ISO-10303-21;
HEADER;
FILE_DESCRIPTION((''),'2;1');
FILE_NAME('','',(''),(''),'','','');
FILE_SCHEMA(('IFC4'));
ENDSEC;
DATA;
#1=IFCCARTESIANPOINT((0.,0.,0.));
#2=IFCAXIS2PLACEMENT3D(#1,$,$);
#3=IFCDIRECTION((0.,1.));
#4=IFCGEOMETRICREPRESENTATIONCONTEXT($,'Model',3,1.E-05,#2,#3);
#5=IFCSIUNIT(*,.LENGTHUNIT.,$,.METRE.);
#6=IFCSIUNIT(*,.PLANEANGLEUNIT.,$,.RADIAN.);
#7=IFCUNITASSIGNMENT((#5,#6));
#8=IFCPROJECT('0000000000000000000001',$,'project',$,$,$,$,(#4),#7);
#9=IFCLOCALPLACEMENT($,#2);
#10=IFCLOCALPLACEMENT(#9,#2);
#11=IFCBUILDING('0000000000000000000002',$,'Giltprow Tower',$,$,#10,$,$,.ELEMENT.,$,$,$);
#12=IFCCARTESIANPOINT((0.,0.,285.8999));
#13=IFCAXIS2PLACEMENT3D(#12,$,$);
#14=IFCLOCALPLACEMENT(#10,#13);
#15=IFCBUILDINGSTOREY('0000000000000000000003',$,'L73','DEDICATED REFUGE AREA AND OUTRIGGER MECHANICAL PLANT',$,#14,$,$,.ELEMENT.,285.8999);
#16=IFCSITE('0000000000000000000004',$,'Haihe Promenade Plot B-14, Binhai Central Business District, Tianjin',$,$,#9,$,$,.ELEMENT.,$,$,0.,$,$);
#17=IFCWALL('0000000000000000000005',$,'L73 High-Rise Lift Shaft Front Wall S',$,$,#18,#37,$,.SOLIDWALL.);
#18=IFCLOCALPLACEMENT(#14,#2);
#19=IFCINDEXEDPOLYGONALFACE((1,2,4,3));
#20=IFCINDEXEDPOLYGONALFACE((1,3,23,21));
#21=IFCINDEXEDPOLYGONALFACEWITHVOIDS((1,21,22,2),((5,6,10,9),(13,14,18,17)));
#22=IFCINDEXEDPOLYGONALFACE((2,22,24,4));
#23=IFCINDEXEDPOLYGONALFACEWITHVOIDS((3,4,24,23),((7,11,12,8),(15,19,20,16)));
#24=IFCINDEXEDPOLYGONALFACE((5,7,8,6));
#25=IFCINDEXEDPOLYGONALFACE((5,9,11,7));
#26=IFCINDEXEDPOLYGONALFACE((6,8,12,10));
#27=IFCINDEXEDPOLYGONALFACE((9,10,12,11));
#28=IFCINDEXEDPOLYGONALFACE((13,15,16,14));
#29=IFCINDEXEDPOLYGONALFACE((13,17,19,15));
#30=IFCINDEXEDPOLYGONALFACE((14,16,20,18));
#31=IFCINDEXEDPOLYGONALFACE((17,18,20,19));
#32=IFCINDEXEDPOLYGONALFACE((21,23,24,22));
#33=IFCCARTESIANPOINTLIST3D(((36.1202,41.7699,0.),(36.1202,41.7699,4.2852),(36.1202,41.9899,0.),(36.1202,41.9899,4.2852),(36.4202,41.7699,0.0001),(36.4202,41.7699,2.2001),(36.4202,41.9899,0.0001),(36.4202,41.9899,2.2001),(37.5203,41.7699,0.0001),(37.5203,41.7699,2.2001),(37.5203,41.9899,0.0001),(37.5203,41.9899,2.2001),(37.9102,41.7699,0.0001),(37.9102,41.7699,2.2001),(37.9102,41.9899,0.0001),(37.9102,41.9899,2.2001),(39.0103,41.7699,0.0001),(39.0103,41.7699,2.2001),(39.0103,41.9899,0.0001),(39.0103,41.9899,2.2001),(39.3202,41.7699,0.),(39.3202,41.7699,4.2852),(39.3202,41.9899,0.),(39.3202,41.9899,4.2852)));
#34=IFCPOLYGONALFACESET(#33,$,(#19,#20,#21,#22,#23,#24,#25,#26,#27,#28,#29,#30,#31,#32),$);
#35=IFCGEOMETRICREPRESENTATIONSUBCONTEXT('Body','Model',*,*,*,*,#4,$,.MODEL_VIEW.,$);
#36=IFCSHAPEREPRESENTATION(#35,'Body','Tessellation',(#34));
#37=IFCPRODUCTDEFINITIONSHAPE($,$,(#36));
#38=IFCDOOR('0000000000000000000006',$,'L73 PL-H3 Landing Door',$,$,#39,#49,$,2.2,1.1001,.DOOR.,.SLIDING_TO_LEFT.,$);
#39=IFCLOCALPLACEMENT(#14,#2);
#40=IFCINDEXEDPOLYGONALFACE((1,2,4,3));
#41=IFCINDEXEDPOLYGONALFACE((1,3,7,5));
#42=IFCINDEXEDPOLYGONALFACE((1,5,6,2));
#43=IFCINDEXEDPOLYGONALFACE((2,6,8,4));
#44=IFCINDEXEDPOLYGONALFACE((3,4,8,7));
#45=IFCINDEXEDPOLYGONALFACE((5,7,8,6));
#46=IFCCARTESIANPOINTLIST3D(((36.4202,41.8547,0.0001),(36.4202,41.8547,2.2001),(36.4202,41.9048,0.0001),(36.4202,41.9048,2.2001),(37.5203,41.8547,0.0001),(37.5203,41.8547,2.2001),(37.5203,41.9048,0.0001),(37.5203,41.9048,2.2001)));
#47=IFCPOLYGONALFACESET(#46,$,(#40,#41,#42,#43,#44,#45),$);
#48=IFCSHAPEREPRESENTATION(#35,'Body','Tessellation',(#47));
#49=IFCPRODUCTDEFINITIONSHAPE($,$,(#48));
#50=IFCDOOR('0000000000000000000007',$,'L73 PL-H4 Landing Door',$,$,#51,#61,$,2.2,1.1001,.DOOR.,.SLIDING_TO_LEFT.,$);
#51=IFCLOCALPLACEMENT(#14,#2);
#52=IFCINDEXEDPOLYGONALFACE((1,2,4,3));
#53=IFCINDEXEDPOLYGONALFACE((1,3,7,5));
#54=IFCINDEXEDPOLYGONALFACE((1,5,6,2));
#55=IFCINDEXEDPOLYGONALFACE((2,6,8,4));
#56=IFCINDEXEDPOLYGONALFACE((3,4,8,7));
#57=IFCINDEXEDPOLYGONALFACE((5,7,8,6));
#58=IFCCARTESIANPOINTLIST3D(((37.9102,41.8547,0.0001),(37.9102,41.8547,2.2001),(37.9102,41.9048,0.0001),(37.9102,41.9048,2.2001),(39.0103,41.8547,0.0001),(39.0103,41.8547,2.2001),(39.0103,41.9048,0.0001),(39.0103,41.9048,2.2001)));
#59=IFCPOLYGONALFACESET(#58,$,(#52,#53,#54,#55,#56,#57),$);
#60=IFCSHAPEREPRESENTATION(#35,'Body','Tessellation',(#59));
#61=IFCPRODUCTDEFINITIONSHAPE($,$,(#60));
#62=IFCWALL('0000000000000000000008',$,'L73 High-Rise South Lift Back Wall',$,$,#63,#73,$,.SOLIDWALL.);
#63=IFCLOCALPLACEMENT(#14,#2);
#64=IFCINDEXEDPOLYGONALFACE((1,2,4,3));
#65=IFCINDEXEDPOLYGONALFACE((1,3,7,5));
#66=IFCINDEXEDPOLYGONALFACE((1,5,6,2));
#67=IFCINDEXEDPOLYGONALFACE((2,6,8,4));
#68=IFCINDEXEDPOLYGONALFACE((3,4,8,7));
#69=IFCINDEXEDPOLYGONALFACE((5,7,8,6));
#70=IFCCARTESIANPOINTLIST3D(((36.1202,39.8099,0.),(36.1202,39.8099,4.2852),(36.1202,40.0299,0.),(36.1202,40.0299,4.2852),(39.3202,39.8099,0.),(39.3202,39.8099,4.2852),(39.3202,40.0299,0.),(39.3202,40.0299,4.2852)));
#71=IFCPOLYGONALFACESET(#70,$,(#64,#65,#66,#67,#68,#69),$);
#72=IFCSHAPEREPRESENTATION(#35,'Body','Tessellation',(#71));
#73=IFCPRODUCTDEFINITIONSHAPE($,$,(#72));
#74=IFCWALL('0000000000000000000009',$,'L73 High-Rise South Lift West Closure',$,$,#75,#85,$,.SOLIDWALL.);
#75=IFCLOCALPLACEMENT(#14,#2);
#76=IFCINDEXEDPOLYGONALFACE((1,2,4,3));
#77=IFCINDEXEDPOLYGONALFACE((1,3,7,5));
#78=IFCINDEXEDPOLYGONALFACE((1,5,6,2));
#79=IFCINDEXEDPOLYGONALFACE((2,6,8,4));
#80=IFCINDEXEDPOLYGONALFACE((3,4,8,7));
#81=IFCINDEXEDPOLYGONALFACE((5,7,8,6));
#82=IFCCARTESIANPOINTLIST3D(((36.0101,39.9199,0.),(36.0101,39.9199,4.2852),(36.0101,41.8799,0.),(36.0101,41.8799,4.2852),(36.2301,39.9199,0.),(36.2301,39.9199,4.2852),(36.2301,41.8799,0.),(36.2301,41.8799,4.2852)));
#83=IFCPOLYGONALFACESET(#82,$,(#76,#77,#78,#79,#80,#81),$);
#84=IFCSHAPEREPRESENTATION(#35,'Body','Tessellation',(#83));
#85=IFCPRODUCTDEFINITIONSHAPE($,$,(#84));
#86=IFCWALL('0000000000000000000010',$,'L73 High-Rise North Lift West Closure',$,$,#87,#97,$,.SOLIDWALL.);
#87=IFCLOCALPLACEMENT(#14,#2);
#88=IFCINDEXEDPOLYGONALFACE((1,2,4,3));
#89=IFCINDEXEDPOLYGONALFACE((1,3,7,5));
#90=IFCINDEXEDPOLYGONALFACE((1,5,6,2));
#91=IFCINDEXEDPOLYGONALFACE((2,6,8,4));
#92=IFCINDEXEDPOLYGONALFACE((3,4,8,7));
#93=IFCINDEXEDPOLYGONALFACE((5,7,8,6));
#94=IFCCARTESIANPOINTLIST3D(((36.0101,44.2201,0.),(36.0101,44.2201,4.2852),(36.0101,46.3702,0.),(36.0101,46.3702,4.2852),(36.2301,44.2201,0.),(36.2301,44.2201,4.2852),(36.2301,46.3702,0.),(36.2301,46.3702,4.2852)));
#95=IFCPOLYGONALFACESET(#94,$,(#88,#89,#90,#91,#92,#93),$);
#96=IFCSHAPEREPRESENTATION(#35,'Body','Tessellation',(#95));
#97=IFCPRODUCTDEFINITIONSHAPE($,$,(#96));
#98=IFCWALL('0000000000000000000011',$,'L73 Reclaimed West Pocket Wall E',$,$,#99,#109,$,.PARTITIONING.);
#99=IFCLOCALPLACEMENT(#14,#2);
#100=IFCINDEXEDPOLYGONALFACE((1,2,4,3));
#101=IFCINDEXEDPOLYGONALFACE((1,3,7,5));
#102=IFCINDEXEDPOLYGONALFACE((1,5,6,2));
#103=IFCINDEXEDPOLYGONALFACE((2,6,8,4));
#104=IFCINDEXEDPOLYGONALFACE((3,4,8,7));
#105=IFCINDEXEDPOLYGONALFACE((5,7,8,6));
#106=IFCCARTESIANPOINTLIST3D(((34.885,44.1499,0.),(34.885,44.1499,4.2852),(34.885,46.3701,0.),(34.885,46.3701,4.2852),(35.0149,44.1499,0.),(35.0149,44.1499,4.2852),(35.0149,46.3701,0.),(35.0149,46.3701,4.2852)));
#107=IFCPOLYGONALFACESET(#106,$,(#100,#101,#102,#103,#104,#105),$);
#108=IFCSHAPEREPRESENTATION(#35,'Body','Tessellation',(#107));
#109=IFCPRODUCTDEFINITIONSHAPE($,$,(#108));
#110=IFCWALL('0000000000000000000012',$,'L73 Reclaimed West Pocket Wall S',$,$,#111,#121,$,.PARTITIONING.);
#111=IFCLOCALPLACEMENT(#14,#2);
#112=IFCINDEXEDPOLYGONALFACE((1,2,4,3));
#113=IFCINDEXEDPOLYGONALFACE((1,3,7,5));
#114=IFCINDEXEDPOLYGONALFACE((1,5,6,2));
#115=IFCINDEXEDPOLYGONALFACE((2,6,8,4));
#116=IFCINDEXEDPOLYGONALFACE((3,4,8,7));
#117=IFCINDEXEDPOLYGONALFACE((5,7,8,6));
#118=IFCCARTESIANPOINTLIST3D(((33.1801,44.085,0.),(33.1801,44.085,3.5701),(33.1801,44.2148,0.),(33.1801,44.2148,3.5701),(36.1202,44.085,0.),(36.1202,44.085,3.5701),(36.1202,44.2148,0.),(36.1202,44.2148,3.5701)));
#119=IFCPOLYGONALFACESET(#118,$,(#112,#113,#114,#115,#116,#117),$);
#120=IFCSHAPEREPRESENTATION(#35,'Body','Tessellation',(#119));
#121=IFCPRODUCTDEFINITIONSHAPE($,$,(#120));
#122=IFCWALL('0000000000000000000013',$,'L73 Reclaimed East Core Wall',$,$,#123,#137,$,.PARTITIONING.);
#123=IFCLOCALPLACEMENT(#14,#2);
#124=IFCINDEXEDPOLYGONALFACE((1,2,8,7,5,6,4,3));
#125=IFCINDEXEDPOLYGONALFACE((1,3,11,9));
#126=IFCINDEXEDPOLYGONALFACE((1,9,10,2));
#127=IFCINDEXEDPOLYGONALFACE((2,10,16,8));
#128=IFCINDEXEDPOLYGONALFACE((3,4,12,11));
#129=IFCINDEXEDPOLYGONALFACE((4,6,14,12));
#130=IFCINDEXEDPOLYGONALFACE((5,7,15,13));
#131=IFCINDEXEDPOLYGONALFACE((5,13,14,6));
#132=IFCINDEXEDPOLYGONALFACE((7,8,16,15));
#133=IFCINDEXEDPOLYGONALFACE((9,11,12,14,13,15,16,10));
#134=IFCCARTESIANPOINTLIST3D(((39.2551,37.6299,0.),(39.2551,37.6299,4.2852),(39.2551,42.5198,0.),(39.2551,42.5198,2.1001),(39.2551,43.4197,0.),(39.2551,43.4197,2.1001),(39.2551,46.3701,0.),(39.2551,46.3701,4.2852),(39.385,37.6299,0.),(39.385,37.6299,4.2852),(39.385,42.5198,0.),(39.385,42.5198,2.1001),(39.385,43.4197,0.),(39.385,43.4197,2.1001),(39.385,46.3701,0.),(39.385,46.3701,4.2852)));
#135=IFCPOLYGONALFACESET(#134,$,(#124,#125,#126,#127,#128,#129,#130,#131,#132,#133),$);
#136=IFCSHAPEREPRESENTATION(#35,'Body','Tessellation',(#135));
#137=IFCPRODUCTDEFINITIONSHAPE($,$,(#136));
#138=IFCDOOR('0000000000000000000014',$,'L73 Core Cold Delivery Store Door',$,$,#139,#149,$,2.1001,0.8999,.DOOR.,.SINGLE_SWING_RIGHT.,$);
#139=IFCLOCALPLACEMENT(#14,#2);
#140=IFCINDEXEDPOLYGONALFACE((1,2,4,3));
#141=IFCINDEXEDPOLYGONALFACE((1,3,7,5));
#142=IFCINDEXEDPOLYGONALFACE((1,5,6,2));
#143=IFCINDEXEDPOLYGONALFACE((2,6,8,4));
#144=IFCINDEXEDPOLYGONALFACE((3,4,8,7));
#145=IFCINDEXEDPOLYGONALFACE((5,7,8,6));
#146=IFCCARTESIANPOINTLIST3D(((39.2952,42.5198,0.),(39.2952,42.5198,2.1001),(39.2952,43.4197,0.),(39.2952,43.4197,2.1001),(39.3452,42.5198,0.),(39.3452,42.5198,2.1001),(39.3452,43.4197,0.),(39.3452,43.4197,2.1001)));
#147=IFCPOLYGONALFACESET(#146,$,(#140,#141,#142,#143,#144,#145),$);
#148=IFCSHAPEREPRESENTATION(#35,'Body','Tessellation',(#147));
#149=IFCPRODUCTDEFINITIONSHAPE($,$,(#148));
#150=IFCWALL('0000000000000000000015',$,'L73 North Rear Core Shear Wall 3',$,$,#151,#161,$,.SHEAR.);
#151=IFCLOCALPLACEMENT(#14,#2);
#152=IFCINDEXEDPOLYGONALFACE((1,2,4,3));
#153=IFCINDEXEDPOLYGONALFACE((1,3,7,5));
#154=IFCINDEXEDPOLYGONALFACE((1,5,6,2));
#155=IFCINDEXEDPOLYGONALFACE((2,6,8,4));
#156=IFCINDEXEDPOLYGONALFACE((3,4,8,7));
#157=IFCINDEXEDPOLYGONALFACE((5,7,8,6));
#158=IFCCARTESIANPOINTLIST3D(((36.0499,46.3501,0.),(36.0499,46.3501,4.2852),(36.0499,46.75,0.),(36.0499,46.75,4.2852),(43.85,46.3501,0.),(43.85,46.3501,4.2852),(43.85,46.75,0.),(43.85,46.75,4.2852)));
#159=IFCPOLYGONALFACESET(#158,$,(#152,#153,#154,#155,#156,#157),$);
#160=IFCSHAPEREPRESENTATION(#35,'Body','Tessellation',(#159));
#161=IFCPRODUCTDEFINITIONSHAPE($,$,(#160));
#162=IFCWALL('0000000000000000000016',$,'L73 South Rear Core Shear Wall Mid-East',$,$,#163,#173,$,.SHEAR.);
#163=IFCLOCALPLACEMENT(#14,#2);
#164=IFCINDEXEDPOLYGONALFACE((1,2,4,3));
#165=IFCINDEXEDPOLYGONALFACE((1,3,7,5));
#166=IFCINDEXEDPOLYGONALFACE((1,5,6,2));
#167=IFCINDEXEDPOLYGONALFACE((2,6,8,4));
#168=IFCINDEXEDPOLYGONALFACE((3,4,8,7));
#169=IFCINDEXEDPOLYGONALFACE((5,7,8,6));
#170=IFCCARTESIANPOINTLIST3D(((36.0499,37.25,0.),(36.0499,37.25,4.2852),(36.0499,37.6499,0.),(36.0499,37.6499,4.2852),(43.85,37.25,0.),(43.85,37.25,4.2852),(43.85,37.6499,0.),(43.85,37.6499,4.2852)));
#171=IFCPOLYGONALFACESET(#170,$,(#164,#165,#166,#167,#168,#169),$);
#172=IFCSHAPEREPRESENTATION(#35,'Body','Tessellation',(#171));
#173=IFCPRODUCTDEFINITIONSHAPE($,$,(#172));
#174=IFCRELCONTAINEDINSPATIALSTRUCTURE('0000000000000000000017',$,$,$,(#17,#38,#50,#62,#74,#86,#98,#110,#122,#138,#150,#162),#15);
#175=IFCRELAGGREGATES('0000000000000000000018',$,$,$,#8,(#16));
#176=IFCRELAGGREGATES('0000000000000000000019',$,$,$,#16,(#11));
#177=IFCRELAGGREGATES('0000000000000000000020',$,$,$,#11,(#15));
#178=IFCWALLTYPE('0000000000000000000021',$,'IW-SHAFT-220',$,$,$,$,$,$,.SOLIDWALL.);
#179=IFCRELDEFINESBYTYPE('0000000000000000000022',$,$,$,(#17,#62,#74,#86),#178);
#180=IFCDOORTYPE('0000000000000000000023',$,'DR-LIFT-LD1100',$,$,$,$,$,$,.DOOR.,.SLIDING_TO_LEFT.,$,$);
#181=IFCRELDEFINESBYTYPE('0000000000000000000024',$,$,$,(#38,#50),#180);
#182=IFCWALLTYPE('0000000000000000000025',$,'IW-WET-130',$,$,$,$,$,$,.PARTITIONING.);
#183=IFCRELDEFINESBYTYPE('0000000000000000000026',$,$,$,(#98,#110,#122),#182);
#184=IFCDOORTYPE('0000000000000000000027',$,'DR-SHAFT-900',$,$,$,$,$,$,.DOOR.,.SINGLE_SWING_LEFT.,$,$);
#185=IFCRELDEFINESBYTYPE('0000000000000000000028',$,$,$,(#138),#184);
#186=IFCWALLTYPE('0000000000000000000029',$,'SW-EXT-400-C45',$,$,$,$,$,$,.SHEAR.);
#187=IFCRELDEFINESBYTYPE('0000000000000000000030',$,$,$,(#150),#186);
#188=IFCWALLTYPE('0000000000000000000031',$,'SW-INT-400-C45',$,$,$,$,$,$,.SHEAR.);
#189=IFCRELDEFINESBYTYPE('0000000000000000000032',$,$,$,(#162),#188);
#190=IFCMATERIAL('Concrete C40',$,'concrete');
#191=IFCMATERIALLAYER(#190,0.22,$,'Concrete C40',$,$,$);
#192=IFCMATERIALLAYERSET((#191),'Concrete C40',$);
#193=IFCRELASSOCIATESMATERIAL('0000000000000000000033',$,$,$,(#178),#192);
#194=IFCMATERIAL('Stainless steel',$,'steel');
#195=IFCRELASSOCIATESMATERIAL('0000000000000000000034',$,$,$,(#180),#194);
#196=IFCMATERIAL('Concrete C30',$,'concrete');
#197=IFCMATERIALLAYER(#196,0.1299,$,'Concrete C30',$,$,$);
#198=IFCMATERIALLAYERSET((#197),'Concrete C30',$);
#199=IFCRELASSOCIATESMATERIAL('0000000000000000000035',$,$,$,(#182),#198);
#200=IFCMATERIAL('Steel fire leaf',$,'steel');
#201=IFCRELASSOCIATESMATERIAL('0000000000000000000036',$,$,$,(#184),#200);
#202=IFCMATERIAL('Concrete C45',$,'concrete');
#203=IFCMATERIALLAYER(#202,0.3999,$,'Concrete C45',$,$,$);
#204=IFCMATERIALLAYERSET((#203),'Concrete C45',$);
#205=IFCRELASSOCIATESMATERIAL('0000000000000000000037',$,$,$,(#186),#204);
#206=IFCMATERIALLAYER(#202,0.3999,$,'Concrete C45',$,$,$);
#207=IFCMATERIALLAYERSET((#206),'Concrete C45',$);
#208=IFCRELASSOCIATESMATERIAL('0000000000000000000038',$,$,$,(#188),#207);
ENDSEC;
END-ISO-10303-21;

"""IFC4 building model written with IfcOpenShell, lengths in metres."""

from ifc_helpers import new_model, si_unit, direction, frame, frame_2d, origin, place, context, subcontext, project, spatial, rectangle, extrude, source, transform, mapped, material, layer, layer_set, type_object, element, fill, save


model = new_model("IFC4")

# Units and contexts
model_context = context("Model", 3, precision=1e-05, world=origin(), true_north=direction((0.0, 1.0)))
body_context = subcontext(model_context, "Body", "Model", "MODEL_VIEW")
ifc_project = project(units=[si_unit("LENGTHUNIT", "METRE"), si_unit("PLANEANGLEUNIT", "RADIAN")], contexts=[model_context])

# Site, building, storey
site_placement = place(None, origin())
site = spatial("IfcSite", under=ifc_project, at=site_placement, Name="Haihe Promenade Plot B-14, Binhai Central Business District, Tianjin", CompositionType="ELEMENT", RefElevation=0.0)
building_placement = place(site_placement, origin())
building = spatial("IfcBuilding", under=site, at=building_placement, Name="Giltprow Tower", CompositionType="ELEMENT")
storey_placement = place(building_placement, frame((0.0, 0.0, 285.8999)))
storey = spatial("IfcBuildingStorey", under=building, at=storey_placement, Name="L73", Description="DEDICATED REFUGE AREA AND OUTRIGGER MECHANICAL PLANT", CompositionType="ELEMENT", Elevation=285.8999)

# Shared definitions
ifc_material_1 = material(Name="Concrete C45", Category="concrete")

# Wall, openings, doors
ifc_material_2 = material(Name="Concrete C40", Category="concrete")
ifc_layer_1 = layer(ifc_material_2, 0.22, Name="Concrete C40")
ifc_layer_set_1 = layer_set([ifc_layer_1], Name="Concrete C40")
wall_type_1 = type_object("IfcWallType", Name="IW-SHAFT-220", PredefinedType="SOLIDWALL", material=ifc_layer_set_1)
ifc_material_3 = material(Name="Stainless steel", Category="steel")
door_type_1 = type_object("IfcDoorType", Name="DR-LIFT-LD1100", OperationType="SLIDING_TO_LEFT", PredefinedType="DOOR", material=ifc_material_3)
shared_shape_1 = source(origin(), body_context, "Body", "SweptSolid", [
    extrude(rectangle(XDim=1.1001, YDim=2.2, at=frame_2d((0.55, 1.1001))), frame((0.0, 0.0249, 0.0), z_axis=(0.0, -1.0, 0.0), x_axis=(1.0, 0.0, 0.0)), (0.0, 0.0, 1.0), 0.05),
])
wall_1_placement = place(storey_placement, frame((36.1201, 41.8799, 0.0), z_axis=(0.0, 0.0, 1.0), x_axis=(1.0, 0.0, 0.0)))
wall_1 = element("IfcWall", 1, at=wall_1_placement, inside=storey, type_object=wall_type_1, Name="L73 High-Rise Lift Shaft Front Wall S", PredefinedType="SOLIDWALL", context=body_context, shape_type="SweptSolid", body=[
    extrude(rectangle(XDim=3.2, YDim=0.22, at=frame_2d((1.6001, 0.0))), origin(), (0.0, 0.0, 1.0), 4.2852),
])
opening_1_placement = place(wall_1_placement, frame((0.3, 0.0, 0.0)))
opening_1 = element("IfcOpeningElement", 2, at=opening_1_placement, cuts=wall_1, PredefinedType="OPENING", context=body_context, shape_type="SweptSolid", body=[
    extrude(rectangle(XDim=1.1001, YDim=2.2, at=frame_2d((0.55, 1.1001))), frame((0.0, 0.1199, 0.0), z_axis=(0.0, -1.0, 0.0), x_axis=(1.0, 0.0, 0.0)), (0.0, 0.0, 1.0), 0.24),
])
opening_2_placement = place(wall_1_placement, frame((1.79, 0.0, 0.0)))
opening_2 = element("IfcOpeningElement", 3, at=opening_2_placement, cuts=wall_1, PredefinedType="OPENING", context=body_context, shape_type="SweptSolid", body=[
    extrude(rectangle(XDim=1.1001, YDim=2.2, at=frame_2d((0.55, 1.1001))), frame((0.0, 0.1199, 0.0), z_axis=(0.0, -1.0, 0.0), x_axis=(1.0, 0.0, 0.0)), (0.0, 0.0, 1.0), 0.24),
])
door_1_placement = place(opening_1_placement, origin())
door_1 = element("IfcDoor", 4, at=door_1_placement, inside=storey, type_object=door_type_1, Name="L73 PL-H3 Landing Door", OperationType="SLIDING_TO_LEFT", OverallHeight=2.2, OverallWidth=1.1001, PredefinedType="DOOR", context=body_context, shape_type="MappedRepresentation", body=[
    mapped(shared_shape_1, transform((0.0, 0.0, 0.0), x_axis=(1.0, 0.0, 0.0), y_axis=(0.0, 1.0, 0.0), z_axis=(0.0, 0.0, 1.0), scale=1.0)),
])
fill(opening_1, door_1)
door_2_placement = place(opening_2_placement, origin())
door_2 = element("IfcDoor", 5, at=door_2_placement, inside=storey, type_object=door_type_1, Name="L73 PL-H4 Landing Door", OperationType="SLIDING_TO_LEFT", OverallHeight=2.2, OverallWidth=1.1001, PredefinedType="DOOR", context=body_context, shape_type="MappedRepresentation", body=[
    mapped(shared_shape_1, transform((0.0, 0.0, 0.0), x_axis=(1.0, 0.0, 0.0), y_axis=(0.0, 1.0, 0.0), z_axis=(0.0, 0.0, 1.0), scale=1.0)),
])
fill(opening_2, door_2)

# Walls
wall_2_placement = place(storey_placement, frame((36.1201, 39.9199, 0.0), z_axis=(0.0, 0.0, 1.0), x_axis=(1.0, 0.0, 0.0)))
element("IfcWall", 6, at=wall_2_placement, inside=storey, type_object=wall_type_1, Name="L73 High-Rise South Lift Back Wall", PredefinedType="SOLIDWALL", context=body_context, shape_type="SweptSolid", body=[
    extrude(rectangle(XDim=3.2, YDim=0.22, at=frame_2d((1.6001, 0.0))), origin(), (0.0, 0.0, 1.0), 4.2852),
])
wall_3_placement = place(storey_placement, frame((36.1201, 39.9199, 0.0), z_axis=(0.0, 0.0, 1.0), x_axis=(0.0, 1.0, 0.0)))
element("IfcWall", 7, at=wall_3_placement, inside=storey, type_object=wall_type_1, Name="L73 High-Rise South Lift West Closure", PredefinedType="SOLIDWALL", context=body_context, shape_type="SweptSolid", body=[
    extrude(rectangle(XDim=1.96, YDim=0.22, at=frame_2d((0.98, 0.0))), origin(), (0.0, 0.0, 1.0), 4.2852),
])
wall_4_placement = place(storey_placement, frame((36.1201, 44.22, 0.0), z_axis=(0.0, 0.0, 1.0), x_axis=(0.0, 1.0, 0.0)))
element("IfcWall", 8, at=wall_4_placement, inside=storey, type_object=wall_type_1, Name="L73 High-Rise North Lift West Closure", PredefinedType="SOLIDWALL", context=body_context, shape_type="SweptSolid", body=[
    extrude(rectangle(XDim=2.1501, YDim=0.22, at=frame_2d((1.0752, 0.0))), origin(), (0.0, 0.0, 1.0), 4.2852),
])
ifc_material_4 = material(Name="Concrete C30", Category="concrete")
ifc_layer_2 = layer(ifc_material_4, 0.1299, Name="Concrete C30")
ifc_layer_set_2 = layer_set([ifc_layer_2], Name="Concrete C30")
wall_type_2 = type_object("IfcWallType", Name="IW-WET-130", PredefinedType="PARTITIONING", material=ifc_layer_set_2)
wall_5_placement = place(storey_placement, frame((34.95, 44.1499, 0.0), z_axis=(0.0, 0.0, 1.0), x_axis=(0.0, 1.0, 0.0)))
element("IfcWall", 9, at=wall_5_placement, inside=storey, type_object=wall_type_2, Name="L73 Reclaimed West Pocket Wall E", PredefinedType="PARTITIONING", context=body_context, shape_type="SweptSolid", body=[
    extrude(rectangle(XDim=2.2202, YDim=0.1299, at=frame_2d((1.1101, 0.0))), origin(), (0.0, 0.0, 1.0), 4.2852),
])
wall_6_placement = place(storey_placement, frame((33.1799, 44.1499, 0.0), z_axis=(0.0, 0.0, 1.0), x_axis=(1.0, 0.0, 0.0)))
element("IfcWall", 10, at=wall_6_placement, inside=storey, type_object=wall_type_2, Name="L73 Reclaimed West Pocket Wall S", PredefinedType="PARTITIONING", context=body_context, shape_type="SweptSolid", body=[
    extrude(rectangle(XDim=2.9402, YDim=0.1299, at=frame_2d((1.4702, 0.0))), origin(), (0.0, 0.0, 1.0), 3.5701),
])

# Wall, opening, door
wall_7_placement = place(storey_placement, frame((39.3201, 37.6299, 0.0), z_axis=(0.0, 0.0, 1.0), x_axis=(0.0, 1.0, 0.0)))
wall_7 = element("IfcWall", 11, at=wall_7_placement, inside=storey, type_object=wall_type_2, Name="L73 Reclaimed East Core Wall", PredefinedType="PARTITIONING", context=body_context, shape_type="SweptSolid", body=[
    extrude(rectangle(XDim=8.7402, YDim=0.1299, at=frame_2d((4.3701, 0.0))), origin(), (0.0, 0.0, 1.0), 4.2852),
])
opening_3_placement = place(wall_7_placement, frame((4.8899, 0.0, 0.0)))
opening_3 = element("IfcOpeningElement", 12, at=opening_3_placement, cuts=wall_7, PredefinedType="OPENING", context=body_context, shape_type="SweptSolid", body=[
    extrude(rectangle(XDim=0.8999, YDim=2.1001, at=frame_2d((0.45, 1.05))), frame((0.0, 0.075, 0.0), z_axis=(0.0, -1.0, 0.0), x_axis=(1.0, 0.0, 0.0)), (0.0, 0.0, 1.0), 0.1499),
])
ifc_material_5 = material(Name="Steel fire leaf", Category="steel")
door_type_2 = type_object("IfcDoorType", Name="DR-SHAFT-900", OperationType="SINGLE_SWING_LEFT", PredefinedType="DOOR", material=ifc_material_5)
shared_shape_2 = source(origin(), body_context, "Body", "SweptSolid", [
    extrude(rectangle(XDim=0.8999, YDim=2.1001, at=frame_2d((0.45, 1.05))), frame((0.0, 0.0249, 0.0), z_axis=(0.0, -1.0, 0.0), x_axis=(1.0, 0.0, 0.0)), (0.0, 0.0, 1.0), 0.05),
])
door_3_placement = place(opening_3_placement, origin())
door_3 = element("IfcDoor", 13, at=door_3_placement, inside=storey, type_object=door_type_2, Name="L73 Core Cold Delivery Store Door", OperationType="SINGLE_SWING_RIGHT", OverallHeight=2.1001, OverallWidth=0.8999, PredefinedType="DOOR", context=body_context, shape_type="MappedRepresentation", body=[
    mapped(shared_shape_2, transform((0.0, 0.0, 0.0), x_axis=(1.0, 0.0, 0.0), y_axis=(0.0, 1.0, 0.0), z_axis=(0.0, 0.0, 1.0), scale=1.0)),
])
fill(opening_3, door_3)

# Walls
ifc_layer_3 = layer(ifc_material_1, 0.3999, Name="Concrete C45")
ifc_layer_set_3 = layer_set([ifc_layer_3], Name="Concrete C45")
wall_type_3 = type_object("IfcWallType", Name="SW-EXT-400-C45", PredefinedType="SHEAR", material=ifc_layer_set_3)
wall_8_placement = place(storey_placement, frame((36.05, 46.55, 0.0), z_axis=(0.0, 0.0, 1.0), x_axis=(1.0, 0.0, 0.0)))
element("IfcWall", 14, at=wall_8_placement, inside=storey, type_object=wall_type_3, Name="L73 North Rear Core Shear Wall 3", PredefinedType="SHEAR", context=body_context, shape_type="SweptSolid", body=[
    extrude(rectangle(XDim=7.8, YDim=0.3999, at=frame_2d((3.8999, 0.0))), origin(), (0.0, 0.0, 1.0), 4.2852),
])
ifc_layer_4 = layer(ifc_material_1, 0.3999, Name="Concrete C45")
ifc_layer_set_4 = layer_set([ifc_layer_4], Name="Concrete C45")
wall_type_4 = type_object("IfcWallType", Name="SW-INT-400-C45", PredefinedType="SHEAR", material=ifc_layer_set_4)
wall_9_placement = place(storey_placement, frame((36.05, 37.45, 0.0), z_axis=(0.0, 0.0, 1.0), x_axis=(1.0, 0.0, 0.0)))
element("IfcWall", 15, at=wall_9_placement, inside=storey, type_object=wall_type_4, Name="L73 South Rear Core Shear Wall Mid-East", PredefinedType="SHEAR", context=body_context, shape_type="SweptSolid", body=[
    extrude(rectangle(XDim=7.8, YDim=0.3999, at=frame_2d((3.8999, 0.0))), origin(), (0.0, 0.0, 1.0), 4.2852),
])

save(model, "model.ifc")
